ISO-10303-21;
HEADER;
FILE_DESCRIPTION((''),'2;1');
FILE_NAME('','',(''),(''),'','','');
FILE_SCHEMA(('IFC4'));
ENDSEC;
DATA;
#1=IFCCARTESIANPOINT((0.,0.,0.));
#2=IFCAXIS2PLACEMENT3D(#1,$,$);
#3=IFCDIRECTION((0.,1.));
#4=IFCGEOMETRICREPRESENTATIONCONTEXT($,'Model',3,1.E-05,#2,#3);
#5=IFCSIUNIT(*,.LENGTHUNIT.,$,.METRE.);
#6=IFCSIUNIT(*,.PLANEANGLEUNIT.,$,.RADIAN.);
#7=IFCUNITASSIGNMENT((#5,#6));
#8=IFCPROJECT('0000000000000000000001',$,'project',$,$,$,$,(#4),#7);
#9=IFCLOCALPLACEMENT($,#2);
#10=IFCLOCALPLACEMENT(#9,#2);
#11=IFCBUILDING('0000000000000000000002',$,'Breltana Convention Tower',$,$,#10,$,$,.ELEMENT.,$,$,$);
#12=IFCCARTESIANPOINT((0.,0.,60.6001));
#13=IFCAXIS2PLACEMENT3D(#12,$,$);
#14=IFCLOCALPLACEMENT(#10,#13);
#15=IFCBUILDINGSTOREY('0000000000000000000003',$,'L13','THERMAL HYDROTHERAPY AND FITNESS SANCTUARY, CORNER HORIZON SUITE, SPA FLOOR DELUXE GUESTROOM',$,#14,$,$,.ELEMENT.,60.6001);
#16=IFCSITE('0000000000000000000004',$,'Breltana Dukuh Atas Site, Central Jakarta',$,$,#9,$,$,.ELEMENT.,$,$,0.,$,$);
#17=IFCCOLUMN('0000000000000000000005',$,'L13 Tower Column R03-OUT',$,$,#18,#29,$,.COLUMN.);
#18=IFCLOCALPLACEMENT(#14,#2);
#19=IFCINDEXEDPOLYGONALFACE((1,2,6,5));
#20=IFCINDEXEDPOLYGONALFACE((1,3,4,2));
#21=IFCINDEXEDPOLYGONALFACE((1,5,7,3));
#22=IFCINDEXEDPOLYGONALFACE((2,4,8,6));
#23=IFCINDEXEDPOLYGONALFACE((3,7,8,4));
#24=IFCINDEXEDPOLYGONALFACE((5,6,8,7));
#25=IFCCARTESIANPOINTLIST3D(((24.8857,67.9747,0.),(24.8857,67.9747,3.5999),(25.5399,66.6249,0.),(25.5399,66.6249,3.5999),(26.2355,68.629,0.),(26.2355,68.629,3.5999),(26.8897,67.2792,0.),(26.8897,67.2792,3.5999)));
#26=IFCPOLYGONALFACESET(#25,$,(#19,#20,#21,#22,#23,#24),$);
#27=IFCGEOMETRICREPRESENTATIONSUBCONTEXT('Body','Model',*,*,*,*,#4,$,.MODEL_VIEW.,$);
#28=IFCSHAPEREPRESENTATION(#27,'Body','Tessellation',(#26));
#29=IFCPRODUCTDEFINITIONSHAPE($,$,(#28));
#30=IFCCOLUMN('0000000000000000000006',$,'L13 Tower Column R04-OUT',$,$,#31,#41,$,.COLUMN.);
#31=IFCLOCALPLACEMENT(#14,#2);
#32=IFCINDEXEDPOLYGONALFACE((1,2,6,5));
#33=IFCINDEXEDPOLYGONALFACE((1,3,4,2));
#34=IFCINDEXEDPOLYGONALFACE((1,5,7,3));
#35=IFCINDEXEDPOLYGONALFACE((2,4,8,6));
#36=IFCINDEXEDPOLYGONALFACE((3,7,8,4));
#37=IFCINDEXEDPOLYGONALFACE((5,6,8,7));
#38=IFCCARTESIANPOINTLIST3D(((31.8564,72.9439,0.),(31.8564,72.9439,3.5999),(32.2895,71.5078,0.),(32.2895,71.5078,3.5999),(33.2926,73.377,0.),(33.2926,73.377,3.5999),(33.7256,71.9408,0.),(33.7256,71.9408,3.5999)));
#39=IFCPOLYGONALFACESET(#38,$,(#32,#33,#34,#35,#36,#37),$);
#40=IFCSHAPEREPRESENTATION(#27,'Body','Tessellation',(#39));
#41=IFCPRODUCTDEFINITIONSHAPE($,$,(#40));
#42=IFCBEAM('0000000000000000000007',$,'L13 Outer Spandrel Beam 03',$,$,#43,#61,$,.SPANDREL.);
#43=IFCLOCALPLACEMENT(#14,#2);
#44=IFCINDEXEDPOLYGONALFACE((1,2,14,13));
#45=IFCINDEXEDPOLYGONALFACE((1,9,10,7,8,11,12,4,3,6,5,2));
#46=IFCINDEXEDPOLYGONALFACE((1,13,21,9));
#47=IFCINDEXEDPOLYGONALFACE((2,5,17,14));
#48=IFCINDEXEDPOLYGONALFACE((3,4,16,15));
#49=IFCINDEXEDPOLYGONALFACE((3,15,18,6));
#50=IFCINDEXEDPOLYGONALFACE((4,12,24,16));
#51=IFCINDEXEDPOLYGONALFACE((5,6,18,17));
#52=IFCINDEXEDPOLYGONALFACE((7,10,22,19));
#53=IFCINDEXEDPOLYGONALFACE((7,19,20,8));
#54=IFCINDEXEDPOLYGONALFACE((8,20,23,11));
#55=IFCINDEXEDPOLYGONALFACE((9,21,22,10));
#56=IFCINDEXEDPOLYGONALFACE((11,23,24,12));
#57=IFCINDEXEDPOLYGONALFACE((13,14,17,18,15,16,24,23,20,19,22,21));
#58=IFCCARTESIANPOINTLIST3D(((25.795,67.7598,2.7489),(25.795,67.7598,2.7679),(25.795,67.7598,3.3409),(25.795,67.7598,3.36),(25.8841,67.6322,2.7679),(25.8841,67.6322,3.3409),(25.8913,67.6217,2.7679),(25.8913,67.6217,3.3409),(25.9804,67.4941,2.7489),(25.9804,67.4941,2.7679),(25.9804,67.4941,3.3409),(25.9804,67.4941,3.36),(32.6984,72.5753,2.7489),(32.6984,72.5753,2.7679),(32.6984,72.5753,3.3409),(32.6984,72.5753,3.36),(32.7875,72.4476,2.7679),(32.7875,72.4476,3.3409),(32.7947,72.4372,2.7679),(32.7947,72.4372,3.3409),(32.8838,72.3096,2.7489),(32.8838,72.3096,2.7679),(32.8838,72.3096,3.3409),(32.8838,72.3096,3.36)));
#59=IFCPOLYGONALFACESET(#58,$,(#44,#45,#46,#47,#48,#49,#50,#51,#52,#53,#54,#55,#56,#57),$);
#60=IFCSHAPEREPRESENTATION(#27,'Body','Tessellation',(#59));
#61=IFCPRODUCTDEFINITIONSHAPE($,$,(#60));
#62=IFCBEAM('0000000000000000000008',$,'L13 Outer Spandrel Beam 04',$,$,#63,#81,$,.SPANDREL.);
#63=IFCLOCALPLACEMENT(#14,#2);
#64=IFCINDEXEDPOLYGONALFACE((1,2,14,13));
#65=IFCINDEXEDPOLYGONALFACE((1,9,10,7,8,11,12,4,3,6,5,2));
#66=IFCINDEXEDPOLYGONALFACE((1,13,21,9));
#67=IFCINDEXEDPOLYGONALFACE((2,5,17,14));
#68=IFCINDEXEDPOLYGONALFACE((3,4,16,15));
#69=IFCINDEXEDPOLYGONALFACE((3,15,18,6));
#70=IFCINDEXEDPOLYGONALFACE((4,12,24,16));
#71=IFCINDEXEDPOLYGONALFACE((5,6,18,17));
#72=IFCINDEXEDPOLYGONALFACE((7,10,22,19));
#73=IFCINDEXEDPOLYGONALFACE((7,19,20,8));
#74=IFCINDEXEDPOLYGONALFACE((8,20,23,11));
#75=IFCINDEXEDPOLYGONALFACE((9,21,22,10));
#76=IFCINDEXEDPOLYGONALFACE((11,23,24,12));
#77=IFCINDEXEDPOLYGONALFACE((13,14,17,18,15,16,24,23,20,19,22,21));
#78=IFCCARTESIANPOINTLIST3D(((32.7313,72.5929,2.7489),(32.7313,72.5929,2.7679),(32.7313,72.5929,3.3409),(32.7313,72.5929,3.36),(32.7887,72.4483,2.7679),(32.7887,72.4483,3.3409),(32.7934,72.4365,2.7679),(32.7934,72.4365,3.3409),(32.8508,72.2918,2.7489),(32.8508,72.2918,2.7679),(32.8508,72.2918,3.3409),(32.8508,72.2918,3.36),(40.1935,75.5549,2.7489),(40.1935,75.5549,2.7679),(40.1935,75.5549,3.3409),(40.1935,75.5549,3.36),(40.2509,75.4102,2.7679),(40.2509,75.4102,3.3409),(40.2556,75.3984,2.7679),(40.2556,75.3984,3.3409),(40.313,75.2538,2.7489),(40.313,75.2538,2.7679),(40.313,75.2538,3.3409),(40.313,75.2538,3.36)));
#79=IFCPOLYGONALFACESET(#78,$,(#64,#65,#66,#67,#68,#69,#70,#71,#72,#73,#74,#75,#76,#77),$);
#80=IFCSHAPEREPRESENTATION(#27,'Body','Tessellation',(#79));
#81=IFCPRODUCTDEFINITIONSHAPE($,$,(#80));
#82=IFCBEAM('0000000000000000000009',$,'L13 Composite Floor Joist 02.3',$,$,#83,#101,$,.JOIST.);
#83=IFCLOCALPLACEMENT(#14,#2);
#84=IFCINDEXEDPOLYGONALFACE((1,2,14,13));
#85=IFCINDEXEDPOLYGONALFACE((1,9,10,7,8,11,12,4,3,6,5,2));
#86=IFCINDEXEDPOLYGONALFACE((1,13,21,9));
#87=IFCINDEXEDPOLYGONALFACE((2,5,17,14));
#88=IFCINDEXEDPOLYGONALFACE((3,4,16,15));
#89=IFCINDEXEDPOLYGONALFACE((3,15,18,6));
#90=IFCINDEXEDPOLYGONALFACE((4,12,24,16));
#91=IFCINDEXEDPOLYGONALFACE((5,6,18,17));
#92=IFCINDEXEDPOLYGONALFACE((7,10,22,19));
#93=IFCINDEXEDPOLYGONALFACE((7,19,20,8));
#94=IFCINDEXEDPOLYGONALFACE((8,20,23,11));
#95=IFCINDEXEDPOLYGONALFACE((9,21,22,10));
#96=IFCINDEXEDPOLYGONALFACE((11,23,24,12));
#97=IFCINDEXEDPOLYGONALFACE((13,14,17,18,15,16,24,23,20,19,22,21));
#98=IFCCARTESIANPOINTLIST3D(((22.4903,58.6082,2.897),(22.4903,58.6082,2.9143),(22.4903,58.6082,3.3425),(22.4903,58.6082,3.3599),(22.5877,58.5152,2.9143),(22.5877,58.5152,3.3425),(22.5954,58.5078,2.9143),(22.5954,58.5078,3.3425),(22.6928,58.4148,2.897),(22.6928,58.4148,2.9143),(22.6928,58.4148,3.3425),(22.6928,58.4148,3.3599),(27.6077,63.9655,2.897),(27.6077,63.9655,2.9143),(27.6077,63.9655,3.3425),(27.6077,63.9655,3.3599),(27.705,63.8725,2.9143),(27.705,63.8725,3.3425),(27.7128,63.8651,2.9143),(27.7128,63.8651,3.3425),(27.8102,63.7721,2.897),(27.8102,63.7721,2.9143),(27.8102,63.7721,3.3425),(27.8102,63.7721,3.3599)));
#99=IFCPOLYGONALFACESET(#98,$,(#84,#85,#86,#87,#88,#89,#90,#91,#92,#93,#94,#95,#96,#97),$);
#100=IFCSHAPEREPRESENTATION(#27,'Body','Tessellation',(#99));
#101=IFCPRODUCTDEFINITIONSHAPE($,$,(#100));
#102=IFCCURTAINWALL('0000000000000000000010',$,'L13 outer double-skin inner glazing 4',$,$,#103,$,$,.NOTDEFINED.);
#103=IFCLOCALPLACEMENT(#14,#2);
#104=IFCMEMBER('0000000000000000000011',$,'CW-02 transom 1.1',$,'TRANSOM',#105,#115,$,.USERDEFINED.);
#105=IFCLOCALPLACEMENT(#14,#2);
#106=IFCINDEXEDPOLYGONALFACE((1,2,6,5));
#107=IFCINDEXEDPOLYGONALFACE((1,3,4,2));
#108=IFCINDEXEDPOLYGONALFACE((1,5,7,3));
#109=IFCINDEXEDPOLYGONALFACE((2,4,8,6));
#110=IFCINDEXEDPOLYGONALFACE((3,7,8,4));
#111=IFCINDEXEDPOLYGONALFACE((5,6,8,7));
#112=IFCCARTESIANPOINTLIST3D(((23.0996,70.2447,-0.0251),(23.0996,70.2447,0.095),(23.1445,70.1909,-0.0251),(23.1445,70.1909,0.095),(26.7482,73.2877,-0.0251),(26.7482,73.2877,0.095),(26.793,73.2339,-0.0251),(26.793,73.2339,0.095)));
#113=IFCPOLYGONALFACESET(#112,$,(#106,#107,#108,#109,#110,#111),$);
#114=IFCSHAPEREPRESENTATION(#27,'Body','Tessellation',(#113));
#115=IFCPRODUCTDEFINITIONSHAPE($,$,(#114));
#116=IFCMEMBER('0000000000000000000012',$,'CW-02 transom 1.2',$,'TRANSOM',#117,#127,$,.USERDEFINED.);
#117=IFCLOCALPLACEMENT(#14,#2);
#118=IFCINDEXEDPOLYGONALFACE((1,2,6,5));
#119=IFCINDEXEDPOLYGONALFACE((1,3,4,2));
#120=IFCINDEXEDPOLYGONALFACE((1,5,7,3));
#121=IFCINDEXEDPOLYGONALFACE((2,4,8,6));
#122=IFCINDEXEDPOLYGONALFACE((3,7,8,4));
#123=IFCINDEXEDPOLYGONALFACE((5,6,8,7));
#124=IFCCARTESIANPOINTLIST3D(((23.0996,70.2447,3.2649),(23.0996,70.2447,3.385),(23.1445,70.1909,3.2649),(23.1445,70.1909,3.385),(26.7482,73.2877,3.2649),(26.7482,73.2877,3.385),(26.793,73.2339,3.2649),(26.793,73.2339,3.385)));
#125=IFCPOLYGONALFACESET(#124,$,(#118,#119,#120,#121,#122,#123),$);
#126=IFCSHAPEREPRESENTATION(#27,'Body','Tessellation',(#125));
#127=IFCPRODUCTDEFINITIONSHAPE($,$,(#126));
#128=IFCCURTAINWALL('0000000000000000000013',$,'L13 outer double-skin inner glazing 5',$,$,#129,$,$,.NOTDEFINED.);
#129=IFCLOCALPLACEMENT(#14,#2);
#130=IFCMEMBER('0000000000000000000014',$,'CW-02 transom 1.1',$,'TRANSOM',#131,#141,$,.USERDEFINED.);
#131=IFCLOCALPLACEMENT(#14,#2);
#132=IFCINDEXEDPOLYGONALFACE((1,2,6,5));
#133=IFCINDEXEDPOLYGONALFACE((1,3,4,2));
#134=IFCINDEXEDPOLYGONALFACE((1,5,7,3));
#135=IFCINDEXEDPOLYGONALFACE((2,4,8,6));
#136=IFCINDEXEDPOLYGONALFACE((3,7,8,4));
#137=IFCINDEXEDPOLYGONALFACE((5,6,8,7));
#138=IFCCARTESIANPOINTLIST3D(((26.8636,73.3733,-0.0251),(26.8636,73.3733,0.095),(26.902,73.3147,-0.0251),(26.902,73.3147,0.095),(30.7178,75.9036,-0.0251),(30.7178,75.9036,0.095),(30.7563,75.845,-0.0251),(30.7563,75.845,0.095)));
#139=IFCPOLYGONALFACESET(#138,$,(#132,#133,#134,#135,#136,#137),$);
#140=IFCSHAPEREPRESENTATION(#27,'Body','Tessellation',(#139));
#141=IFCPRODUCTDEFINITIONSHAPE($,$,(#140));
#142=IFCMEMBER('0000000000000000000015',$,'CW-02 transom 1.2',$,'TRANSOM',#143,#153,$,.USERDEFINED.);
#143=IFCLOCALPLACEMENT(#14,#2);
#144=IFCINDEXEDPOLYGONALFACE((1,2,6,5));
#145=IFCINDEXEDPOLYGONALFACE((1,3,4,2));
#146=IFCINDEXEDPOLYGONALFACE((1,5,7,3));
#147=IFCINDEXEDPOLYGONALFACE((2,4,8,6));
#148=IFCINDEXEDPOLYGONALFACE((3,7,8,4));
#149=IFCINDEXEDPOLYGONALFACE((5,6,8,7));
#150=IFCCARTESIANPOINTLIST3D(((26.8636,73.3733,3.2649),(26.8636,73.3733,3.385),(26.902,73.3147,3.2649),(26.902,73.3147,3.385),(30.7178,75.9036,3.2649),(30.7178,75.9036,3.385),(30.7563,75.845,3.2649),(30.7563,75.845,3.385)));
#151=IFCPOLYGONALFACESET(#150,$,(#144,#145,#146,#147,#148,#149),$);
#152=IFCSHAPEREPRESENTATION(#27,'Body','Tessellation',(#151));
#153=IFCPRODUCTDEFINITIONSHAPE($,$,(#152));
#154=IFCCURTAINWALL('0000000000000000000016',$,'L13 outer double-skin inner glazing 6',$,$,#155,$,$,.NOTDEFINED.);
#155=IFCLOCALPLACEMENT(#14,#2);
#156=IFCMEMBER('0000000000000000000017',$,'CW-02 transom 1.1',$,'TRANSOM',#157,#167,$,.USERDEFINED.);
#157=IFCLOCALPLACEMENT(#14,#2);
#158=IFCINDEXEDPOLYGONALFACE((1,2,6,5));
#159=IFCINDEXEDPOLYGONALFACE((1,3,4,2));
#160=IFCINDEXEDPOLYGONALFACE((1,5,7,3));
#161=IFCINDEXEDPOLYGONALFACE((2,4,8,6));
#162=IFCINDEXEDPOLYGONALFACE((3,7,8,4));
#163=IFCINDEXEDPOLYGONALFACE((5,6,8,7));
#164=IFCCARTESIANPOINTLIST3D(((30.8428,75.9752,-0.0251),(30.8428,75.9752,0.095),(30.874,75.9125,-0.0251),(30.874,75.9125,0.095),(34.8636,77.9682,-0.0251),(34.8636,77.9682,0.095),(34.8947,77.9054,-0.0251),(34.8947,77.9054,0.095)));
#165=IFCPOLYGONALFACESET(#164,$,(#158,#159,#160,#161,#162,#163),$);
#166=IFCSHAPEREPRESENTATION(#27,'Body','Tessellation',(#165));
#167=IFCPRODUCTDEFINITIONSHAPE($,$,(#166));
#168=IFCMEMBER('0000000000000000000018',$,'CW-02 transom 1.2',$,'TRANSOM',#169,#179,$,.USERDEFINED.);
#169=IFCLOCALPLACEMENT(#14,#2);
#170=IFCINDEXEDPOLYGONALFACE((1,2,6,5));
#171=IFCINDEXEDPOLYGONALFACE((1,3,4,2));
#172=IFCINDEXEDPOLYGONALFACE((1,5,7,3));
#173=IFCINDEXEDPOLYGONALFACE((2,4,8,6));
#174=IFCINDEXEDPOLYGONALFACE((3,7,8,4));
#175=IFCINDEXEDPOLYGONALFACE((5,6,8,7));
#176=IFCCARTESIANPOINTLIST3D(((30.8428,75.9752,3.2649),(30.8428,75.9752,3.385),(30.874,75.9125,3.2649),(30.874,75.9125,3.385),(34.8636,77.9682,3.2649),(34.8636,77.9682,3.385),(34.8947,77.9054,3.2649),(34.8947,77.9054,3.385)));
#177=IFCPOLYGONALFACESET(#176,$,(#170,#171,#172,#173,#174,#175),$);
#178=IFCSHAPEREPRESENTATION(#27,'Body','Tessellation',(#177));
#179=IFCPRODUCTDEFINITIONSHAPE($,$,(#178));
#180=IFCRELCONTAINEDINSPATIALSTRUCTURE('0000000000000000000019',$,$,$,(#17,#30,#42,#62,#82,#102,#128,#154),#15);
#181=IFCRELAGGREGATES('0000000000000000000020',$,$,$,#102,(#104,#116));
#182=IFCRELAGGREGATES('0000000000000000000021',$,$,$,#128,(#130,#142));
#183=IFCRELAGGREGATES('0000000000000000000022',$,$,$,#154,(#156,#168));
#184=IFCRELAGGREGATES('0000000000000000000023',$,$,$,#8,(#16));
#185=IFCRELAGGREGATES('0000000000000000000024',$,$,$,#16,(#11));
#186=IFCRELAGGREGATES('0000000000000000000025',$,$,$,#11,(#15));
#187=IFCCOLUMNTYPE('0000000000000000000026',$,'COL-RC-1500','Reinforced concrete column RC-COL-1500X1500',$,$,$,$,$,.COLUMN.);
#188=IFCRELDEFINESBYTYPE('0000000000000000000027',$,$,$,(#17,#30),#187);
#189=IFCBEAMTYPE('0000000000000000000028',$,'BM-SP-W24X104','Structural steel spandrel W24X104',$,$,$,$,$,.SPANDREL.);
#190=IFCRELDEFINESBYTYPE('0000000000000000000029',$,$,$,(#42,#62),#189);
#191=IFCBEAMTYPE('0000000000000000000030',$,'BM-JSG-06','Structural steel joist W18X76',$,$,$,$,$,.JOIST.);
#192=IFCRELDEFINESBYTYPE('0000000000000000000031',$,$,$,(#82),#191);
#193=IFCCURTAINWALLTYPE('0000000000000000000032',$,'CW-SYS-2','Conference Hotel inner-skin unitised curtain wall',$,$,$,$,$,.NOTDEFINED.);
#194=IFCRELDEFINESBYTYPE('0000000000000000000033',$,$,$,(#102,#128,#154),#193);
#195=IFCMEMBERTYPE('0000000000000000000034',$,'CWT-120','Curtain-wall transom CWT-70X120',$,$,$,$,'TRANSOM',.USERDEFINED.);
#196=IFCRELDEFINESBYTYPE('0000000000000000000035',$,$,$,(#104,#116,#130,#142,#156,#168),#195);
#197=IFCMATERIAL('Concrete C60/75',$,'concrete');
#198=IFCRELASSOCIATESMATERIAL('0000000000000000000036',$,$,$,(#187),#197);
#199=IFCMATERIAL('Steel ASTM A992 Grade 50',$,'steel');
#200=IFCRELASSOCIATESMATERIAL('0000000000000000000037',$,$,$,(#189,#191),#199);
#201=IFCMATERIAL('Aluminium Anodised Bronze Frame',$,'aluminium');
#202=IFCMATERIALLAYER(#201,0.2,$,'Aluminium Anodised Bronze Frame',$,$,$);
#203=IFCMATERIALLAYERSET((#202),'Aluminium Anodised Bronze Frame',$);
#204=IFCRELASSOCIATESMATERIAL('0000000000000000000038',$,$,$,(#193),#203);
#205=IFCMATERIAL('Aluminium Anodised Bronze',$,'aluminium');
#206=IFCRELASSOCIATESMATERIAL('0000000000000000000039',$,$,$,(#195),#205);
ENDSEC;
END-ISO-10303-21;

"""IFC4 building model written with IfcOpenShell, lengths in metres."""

from ifc_helpers import new_model, si_unit, direction, frame, origin, origin_2d, place, context, subcontext, project, spatial, rectangle, i_section, extrude, source, transform, mapped, material, layer, layer_set, material_profile, profile_set, type_object, element, aggregate, save


model = new_model("IFC4")

# Units and contexts
model_context = context("Model", 3, precision=1e-05, world=origin(), true_north=direction((0.0, 1.0)))
body_context = subcontext(model_context, "Body", "Model", "MODEL_VIEW")
ifc_project = project(units=[si_unit("LENGTHUNIT", "METRE"), si_unit("PLANEANGLEUNIT", "RADIAN")], contexts=[model_context])

# Site, building, storey
site_placement = place(None, origin())
site = spatial("IfcSite", under=ifc_project, at=site_placement, Name="Breltana Dukuh Atas Site, Central Jakarta", CompositionType="ELEMENT", RefElevation=0.0)
building_placement = place(site_placement, origin())
building = spatial("IfcBuilding", under=site, at=building_placement, Name="Breltana Convention Tower", CompositionType="ELEMENT")
storey_placement = place(building_placement, frame((0.0, 0.0, 60.6001)))
storey = spatial("IfcBuildingStorey", under=building, at=storey_placement, Name="L13", Description="THERMAL HYDROTHERAPY AND FITNESS SANCTUARY, CORNER HORIZON SUITE, SPA FLOOR DELUXE GUESTROOM", CompositionType="ELEMENT", Elevation=60.6001)

# Columns
ifc_material_1 = material(Name="Concrete C60/75", Category="concrete")
ifc_material_profile_1 = material_profile(ifc_material_1, rectangle(XDim=1.5, YDim=1.5, at=origin_2d()), Name="RC-COL-1500X1500")
ifc_profile_set_1 = profile_set([ifc_material_profile_1], Name="Concrete C60/75")
column_type = type_object("IfcColumnType", Name="COL-RC-1500", Description="Reinforced concrete column RC-COL-1500X1500", PredefinedType="COLUMN", material=ifc_profile_set_1)
shared_shape_1 = source(origin(), body_context, "Body", "SweptSolid", [
    extrude(rectangle(XDim=1.5, YDim=1.5, at=origin_2d()), origin(), (0.0, 0.0, 1.0), 3.5999),
])
for number, where, z_axis, x_axis, name in (
    (1, (25.8877, 67.627, 0.0), (0.0, 0.0, 1.0), (-0.436174, 0.899863, 0.0), "L13 Tower Column R03-OUT"),
    (2, (32.791, 72.4424, 0.0), (0.0, 0.0, 1.0), (-0.288698, 0.95742, 0.0), "L13 Tower Column R04-OUT"),
):
    element("IfcColumn", number, at=place(storey_placement, frame(where, z_axis=z_axis, x_axis=x_axis)), inside=storey, type_object=column_type, Name=name, PredefinedType="COLUMN", context=body_context, shape_type="MappedRepresentation", body=[
        mapped(shared_shape_1, transform((0.0, 0.0, 0.0), scale=1.0)),
    ])

# Beams
ifc_material_2 = material(Name="Steel ASTM A992 Grade 50", Category="steel")
ifc_material_profile_2 = material_profile(ifc_material_2, i_section(OverallWidth=0.324, OverallDepth=0.6111, WebThickness=0.0127, FlangeThickness=0.019, at=origin_2d()), Name="W24X104")
ifc_profile_set_2 = profile_set([ifc_material_profile_2], Name="Steel ASTM A992 Grade 50")
beam_type_1 = type_object("IfcBeamType", Name="BM-SP-W24X104", Description="Structural steel spandrel W24X104", PredefinedType="SPANDREL", material=ifc_profile_set_2)
shared_shape_2 = source(origin(), body_context, "Body", "SweptSolid", [
    extrude(i_section(OverallWidth=0.324, OverallDepth=0.6111, WebThickness=0.0127, FlangeThickness=0.019, at=origin_2d()), origin(), (0.0, 0.0, 1.0), 8.417),
])
beam_1_placement = place(storey_placement, frame((25.8877, 67.627, 3.0544), z_axis=(0.820174, 0.572114, 0.0), x_axis=(-0.572114, 0.820174, 0.0)))
element("IfcBeam", 3, at=beam_1_placement, inside=storey, type_object=beam_type_1, Name="L13 Outer Spandrel Beam 03", PredefinedType="SPANDREL", context=body_context, shape_type="MappedRepresentation", body=[
    mapped(shared_shape_2, transform((0.0, 0.0, 0.0), scale=1.0)),
])
shared_shape_3 = source(origin(), body_context, "Body", "SweptSolid", [
    extrude(i_section(OverallWidth=0.324, OverallDepth=0.6111, WebThickness=0.0127, FlangeThickness=0.019, at=origin_2d()), origin(), (0.0, 0.0, 1.0), 8.0286),
])
beam_2_placement = place(storey_placement, frame((32.791, 72.4424, 3.0544), z_axis=(0.929459, 0.368925, 0.0), x_axis=(-0.368925, 0.929459, 0.0)))
element("IfcBeam", 4, at=beam_2_placement, inside=storey, type_object=beam_type_1, Name="L13 Outer Spandrel Beam 04", PredefinedType="SPANDREL", context=body_context, shape_type="MappedRepresentation", body=[
    mapped(shared_shape_3, transform((0.0, 0.0, 0.0), scale=1.0)),
])
ifc_material_profile_3 = material_profile(ifc_material_2, i_section(OverallWidth=0.28, OverallDepth=0.4629, WebThickness=0.0107, FlangeThickness=0.0173, at=origin_2d()), Name="W18X76")
ifc_profile_set_3 = profile_set([ifc_material_profile_3], Name="Steel ASTM A992 Grade 50")
beam_type_2 = type_object("IfcBeamType", Name="BM-JSG-06", Description="Structural steel joist W18X76", PredefinedType="JOIST", material=ifc_profile_set_3)
shared_shape_4 = source(origin(), body_context, "Body", "SweptSolid", [
    extrude(i_section(OverallWidth=0.28, OverallDepth=0.4629, WebThickness=0.0107, FlangeThickness=0.0173, at=origin_2d()), origin(), (0.0, 0.0, 1.0), 7.4087),
])
beam_3_placement = place(storey_placement, frame((22.5916, 58.5115, 3.1284), z_axis=(0.690725, 0.723118, 0.0), x_axis=(-0.723118, 0.690725, 0.0)))
element("IfcBeam", 5, at=beam_3_placement, inside=storey, type_object=beam_type_2, Name="L13 Composite Floor Joist 02.3", PredefinedType="JOIST", context=body_context, shape_type="MappedRepresentation", body=[
    mapped(shared_shape_4, transform((0.0, 0.0, 0.0), scale=1.0)),
])

# Curtain walls, members
ifc_material_3 = material(Name="Aluminium Anodised Bronze Frame", Category="aluminium")
ifc_layer_1 = layer(ifc_material_3, 0.2, Name="Aluminium Anodised Bronze Frame")
ifc_layer_set_1 = layer_set([ifc_layer_1], Name="Aluminium Anodised Bronze Frame")
curtain_wall_type = type_object("IfcCurtainWallType", Name="CW-SYS-2", Description="Conference Hotel inner-skin unitised curtain wall", PredefinedType="NOTDEFINED", material=ifc_layer_set_1)
curtain_wall_1_placement = place(storey_placement, origin())
curtain_wall_1 = element("IfcCurtainWall", 6, at=curtain_wall_1_placement, inside=storey, type_object=curtain_wall_type, Name="L13 outer double-skin inner glazing 4", PredefinedType="NOTDEFINED")
ifc_material_4 = material(Name="Aluminium Anodised Bronze", Category="aluminium")
ifc_material_profile_4 = material_profile(ifc_material_4, rectangle(XDim=0.0701, YDim=0.1201, at=origin_2d()), Name="CWT-70X120")
ifc_profile_set_4 = profile_set([ifc_material_profile_4], Name="Aluminium Anodised Bronze")
member_type_1 = type_object("IfcMemberType", Name="CWT-120", Description="Curtain-wall transom CWT-70X120", ElementType="TRANSOM", PredefinedType="USERDEFINED", material=ifc_profile_set_4)
shared_shape_5 = source(origin(), body_context, "Body", "SweptSolid", [
    extrude(rectangle(XDim=0.0701, YDim=0.1201, at=origin_2d()), origin(), (0.0, 0.0, 1.0), 4.751),
])
member_1_placement = place(storey_placement, frame((23.1221, 70.2178, 0.0349), z_axis=(0.767952, 0.640508, 0.0), x_axis=(-0.640508, 0.767952, 0.0)))
member_1 = element("IfcMember", 7, at=member_1_placement, type_object=member_type_1, Name="CW-02 transom 1.1", ObjectType="TRANSOM", PredefinedType="USERDEFINED", context=body_context, shape_type="MappedRepresentation", body=[
    mapped(shared_shape_5, transform((0.0, 0.0, 0.0), scale=1.0)),
])
member_2_placement = place(storey_placement, frame((23.1221, 70.2178, 3.325), z_axis=(0.767952, 0.640508, 0.0), x_axis=(-0.640508, 0.767952, 0.0)))
member_2 = element("IfcMember", 8, at=member_2_placement, type_object=member_type_1, Name="CW-02 transom 1.2", ObjectType="TRANSOM", PredefinedType="USERDEFINED", context=body_context, shape_type="MappedRepresentation", body=[
    mapped(shared_shape_5, transform((0.0, 0.0, 0.0), scale=1.0)),
])
curtain_wall_2_placement = place(storey_placement, origin())
curtain_wall_2 = element("IfcCurtainWall", 9, at=curtain_wall_2_placement, inside=storey, type_object=curtain_wall_type, Name="L13 outer double-skin inner glazing 5", PredefinedType="NOTDEFINED")
shared_shape_6 = source(origin(), body_context, "Body", "SweptSolid", [
    extrude(rectangle(XDim=0.0701, YDim=0.1201, at=origin_2d()), origin(), (0.0, 0.0, 1.0), 4.6106),
])
member_3_placement = place(storey_placement, frame((26.8828, 73.344, 0.0349), z_axis=(0.835956, 0.548796, 0.0), x_axis=(-0.548796, 0.835956, 0.0)))
member_3 = element("IfcMember", 10, at=member_3_placement, type_object=member_type_1, Name="CW-02 transom 1.1", ObjectType="TRANSOM", PredefinedType="USERDEFINED", context=body_context, shape_type="MappedRepresentation", body=[
    mapped(shared_shape_6, transform((0.0, 0.0, 0.0), scale=1.0)),
])
member_4_placement = place(storey_placement, frame((26.8828, 73.344, 3.325), z_axis=(0.835956, 0.548796, 0.0), x_axis=(-0.548796, 0.835956, 0.0)))
member_4 = element("IfcMember", 11, at=member_4_placement, type_object=member_type_1, Name="CW-02 transom 1.2", ObjectType="TRANSOM", PredefinedType="USERDEFINED", context=body_context, shape_type="MappedRepresentation", body=[
    mapped(shared_shape_6, transform((0.0, 0.0, 0.0), scale=1.0)),
])
curtain_wall_3_placement = place(storey_placement, origin())
curtain_wall_3 = element("IfcCurtainWall", 12, at=curtain_wall_3_placement, inside=storey, type_object=curtain_wall_type, Name="L13 outer double-skin inner glazing 6", PredefinedType="NOTDEFINED")
shared_shape_7 = source(origin(), body_context, "Body", "SweptSolid", [
    extrude(rectangle(XDim=0.0701, YDim=0.1201, at=origin_2d()), origin(), (0.0, 0.0, 1.0), 4.4875),
])
member_5_placement = place(storey_placement, frame((30.8584, 75.9438, 0.0349), z_axis=(0.895978, 0.444099, 0.0), x_axis=(-0.444099, 0.895978, 0.0)))
member_5 = element("IfcMember", 13, at=member_5_placement, type_object=member_type_1, Name="CW-02 transom 1.1", ObjectType="TRANSOM", PredefinedType="USERDEFINED", context=body_context, shape_type="MappedRepresentation", body=[
    mapped(shared_shape_7, transform((0.0, 0.0, 0.0), scale=1.0)),
])
member_6_placement = place(storey_placement, frame((30.8584, 75.9438, 3.325), z_axis=(0.895978, 0.444099, 0.0), x_axis=(-0.444099, 0.895978, 0.0)))
member_6 = element("IfcMember", 14, at=member_6_placement, type_object=member_type_1, Name="CW-02 transom 1.2", ObjectType="TRANSOM", PredefinedType="USERDEFINED", context=body_context, shape_type="MappedRepresentation", body=[
    mapped(shared_shape_7, transform((0.0, 0.0, 0.0), scale=1.0)),
])

aggregate(curtain_wall_1, [member_1, member_2])
aggregate(curtain_wall_2, [member_3, member_4])
aggregate(curtain_wall_3, [member_5, member_6])

save(model, "model.ifc")
